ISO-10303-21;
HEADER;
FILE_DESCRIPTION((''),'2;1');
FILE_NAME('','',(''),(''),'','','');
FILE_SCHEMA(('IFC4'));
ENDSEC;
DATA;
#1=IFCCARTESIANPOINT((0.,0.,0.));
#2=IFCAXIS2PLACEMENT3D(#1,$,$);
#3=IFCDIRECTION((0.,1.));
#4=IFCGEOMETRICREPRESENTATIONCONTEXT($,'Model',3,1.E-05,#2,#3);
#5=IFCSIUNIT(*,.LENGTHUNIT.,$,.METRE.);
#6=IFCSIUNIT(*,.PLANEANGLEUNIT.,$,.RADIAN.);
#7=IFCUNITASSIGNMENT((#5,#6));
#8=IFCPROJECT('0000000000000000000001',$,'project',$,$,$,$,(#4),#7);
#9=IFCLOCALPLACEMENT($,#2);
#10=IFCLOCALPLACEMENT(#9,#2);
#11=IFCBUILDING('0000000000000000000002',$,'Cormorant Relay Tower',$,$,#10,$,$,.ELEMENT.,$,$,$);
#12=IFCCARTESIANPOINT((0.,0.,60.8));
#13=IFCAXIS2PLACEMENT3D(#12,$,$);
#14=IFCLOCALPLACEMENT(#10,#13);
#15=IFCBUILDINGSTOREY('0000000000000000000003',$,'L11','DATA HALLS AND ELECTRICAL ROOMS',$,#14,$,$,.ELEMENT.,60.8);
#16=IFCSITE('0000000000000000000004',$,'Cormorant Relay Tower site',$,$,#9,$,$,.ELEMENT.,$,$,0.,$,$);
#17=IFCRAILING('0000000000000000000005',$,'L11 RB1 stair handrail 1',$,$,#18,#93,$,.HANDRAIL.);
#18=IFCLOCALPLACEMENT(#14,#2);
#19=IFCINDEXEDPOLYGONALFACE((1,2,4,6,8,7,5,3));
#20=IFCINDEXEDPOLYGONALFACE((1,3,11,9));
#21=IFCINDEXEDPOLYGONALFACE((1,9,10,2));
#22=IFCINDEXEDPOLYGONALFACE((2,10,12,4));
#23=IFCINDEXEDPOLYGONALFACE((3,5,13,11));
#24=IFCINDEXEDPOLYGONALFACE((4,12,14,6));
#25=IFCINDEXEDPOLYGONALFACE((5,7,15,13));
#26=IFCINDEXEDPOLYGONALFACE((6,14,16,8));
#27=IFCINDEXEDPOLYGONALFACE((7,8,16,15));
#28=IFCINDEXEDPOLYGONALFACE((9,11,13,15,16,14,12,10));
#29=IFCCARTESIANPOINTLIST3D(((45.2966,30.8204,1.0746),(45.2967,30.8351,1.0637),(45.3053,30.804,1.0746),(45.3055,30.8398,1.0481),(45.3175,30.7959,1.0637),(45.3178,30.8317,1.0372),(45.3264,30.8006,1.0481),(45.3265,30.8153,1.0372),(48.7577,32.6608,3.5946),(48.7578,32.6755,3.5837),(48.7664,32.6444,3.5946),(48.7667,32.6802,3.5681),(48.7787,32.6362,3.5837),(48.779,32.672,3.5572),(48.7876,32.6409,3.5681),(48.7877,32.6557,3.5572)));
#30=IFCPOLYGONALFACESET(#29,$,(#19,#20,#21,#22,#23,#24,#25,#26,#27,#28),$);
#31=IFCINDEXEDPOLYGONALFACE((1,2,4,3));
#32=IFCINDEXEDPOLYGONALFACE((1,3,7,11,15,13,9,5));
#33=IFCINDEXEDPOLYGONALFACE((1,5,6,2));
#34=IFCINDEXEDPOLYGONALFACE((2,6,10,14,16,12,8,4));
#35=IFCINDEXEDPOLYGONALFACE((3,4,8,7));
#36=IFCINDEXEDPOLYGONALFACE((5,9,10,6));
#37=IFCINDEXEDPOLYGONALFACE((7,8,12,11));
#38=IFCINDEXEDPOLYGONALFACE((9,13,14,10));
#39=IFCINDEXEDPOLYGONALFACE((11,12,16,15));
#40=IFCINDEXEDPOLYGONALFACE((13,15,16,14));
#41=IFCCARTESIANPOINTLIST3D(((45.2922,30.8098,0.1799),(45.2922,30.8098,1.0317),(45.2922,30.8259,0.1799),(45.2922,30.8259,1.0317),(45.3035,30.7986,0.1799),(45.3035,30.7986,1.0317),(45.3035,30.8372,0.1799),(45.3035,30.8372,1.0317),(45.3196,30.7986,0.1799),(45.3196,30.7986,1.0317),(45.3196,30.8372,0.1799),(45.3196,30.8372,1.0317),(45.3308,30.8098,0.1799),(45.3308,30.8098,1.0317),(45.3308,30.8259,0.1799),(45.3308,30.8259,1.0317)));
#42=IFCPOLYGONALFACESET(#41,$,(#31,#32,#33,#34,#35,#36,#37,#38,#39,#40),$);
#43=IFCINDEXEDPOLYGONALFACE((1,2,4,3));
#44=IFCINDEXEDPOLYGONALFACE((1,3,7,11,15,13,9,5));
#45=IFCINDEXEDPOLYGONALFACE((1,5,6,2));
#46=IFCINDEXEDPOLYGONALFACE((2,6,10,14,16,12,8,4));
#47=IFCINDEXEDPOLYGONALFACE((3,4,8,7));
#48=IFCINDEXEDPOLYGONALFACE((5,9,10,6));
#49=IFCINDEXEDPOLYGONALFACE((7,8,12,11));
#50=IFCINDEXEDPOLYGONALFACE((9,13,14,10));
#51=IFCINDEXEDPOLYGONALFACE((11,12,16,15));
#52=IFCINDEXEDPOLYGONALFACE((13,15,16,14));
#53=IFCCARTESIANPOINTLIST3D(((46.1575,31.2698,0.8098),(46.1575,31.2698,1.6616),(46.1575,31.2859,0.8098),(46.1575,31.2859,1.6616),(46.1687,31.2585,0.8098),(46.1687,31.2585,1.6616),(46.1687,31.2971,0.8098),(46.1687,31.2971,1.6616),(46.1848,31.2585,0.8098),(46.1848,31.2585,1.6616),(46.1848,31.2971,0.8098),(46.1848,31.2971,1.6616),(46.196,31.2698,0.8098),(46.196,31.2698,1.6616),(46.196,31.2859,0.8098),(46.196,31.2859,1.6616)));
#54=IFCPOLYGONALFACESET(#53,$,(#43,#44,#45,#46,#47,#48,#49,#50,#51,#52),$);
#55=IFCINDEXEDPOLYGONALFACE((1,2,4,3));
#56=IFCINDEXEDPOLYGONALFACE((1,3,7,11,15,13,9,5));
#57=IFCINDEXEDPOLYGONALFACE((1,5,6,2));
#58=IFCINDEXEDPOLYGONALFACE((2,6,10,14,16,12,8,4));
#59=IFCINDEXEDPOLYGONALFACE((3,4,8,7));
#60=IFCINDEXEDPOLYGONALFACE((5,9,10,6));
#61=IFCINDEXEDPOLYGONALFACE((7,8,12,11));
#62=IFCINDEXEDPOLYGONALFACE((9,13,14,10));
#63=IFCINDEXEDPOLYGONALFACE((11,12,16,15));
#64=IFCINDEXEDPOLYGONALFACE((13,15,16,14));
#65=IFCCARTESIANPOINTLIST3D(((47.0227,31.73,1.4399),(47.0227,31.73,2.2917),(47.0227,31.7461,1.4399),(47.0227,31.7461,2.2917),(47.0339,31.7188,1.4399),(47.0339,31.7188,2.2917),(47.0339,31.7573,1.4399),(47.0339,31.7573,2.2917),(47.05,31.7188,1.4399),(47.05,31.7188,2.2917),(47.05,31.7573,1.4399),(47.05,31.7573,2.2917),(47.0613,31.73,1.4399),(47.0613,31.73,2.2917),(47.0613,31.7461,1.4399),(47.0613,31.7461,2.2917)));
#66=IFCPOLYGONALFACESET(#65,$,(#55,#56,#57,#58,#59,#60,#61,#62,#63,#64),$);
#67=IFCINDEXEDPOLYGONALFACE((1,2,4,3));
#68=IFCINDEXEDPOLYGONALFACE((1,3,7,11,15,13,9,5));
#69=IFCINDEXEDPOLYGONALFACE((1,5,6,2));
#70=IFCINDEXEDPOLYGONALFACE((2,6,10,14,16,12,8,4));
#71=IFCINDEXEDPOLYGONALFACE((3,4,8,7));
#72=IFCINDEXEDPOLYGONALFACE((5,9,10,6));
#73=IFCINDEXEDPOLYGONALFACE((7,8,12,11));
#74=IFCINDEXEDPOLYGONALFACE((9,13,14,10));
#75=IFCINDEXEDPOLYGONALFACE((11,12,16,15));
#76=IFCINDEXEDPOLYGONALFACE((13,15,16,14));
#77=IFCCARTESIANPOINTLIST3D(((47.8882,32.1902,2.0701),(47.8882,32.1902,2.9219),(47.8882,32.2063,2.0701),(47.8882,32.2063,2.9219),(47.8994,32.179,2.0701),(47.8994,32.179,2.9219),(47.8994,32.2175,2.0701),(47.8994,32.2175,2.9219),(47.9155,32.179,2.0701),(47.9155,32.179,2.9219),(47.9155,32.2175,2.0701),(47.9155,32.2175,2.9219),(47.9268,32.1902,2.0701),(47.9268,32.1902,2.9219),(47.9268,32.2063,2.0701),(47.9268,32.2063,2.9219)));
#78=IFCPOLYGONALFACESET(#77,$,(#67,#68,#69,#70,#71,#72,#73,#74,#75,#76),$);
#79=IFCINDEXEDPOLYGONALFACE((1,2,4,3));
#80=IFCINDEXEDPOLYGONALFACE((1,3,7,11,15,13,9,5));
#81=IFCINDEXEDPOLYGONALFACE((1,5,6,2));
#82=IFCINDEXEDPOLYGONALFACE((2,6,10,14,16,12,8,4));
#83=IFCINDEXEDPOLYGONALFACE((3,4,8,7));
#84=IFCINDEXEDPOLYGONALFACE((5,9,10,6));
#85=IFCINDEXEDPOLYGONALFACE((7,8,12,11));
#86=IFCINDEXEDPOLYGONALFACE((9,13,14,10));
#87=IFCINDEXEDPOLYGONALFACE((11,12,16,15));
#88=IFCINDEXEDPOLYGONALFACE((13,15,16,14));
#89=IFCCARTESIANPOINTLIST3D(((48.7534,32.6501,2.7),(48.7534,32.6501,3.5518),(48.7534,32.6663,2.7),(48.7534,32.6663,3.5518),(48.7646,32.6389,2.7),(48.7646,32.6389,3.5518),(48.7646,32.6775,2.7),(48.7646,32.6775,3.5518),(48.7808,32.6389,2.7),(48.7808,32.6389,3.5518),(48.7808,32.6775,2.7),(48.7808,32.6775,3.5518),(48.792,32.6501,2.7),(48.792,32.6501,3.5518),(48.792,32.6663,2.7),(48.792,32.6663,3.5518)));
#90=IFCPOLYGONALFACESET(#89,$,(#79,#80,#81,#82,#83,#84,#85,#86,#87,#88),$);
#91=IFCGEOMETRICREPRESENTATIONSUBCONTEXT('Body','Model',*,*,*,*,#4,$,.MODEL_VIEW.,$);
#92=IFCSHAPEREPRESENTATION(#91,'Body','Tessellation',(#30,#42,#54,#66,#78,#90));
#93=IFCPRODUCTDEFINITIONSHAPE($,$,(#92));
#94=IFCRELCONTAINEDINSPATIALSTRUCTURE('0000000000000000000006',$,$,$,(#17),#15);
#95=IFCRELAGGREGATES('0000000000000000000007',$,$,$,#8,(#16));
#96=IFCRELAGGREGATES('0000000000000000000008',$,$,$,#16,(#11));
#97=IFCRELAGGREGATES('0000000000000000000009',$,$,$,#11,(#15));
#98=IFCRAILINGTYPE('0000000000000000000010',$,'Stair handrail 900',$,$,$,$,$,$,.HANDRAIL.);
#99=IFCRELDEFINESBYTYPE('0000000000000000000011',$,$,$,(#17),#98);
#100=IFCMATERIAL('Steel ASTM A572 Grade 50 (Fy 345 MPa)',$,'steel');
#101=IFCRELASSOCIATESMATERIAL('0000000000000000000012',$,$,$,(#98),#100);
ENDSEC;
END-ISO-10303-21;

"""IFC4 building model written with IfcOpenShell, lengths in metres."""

from ifc_helpers import new_model, si_unit, direction, frame, origin, place, context, subcontext, project, spatial, polyline, outline, extrude, material, type_object, element, save


model = new_model("IFC4")

# Units and contexts
model_context = context("Model", 3, precision=1e-05, world=origin(), true_north=direction((0.0, 1.0)))
body_context = subcontext(model_context, "Body", "Model", "MODEL_VIEW")
ifc_project = project(units=[si_unit("LENGTHUNIT", "METRE"), si_unit("PLANEANGLEUNIT", "RADIAN")], contexts=[model_context])

# Site, building, storey
site_placement = place(None, origin())
site = spatial("IfcSite", under=ifc_project, at=site_placement, Name="Cormorant Relay Tower site", CompositionType="ELEMENT", RefElevation=0.0)
building_placement = place(site_placement, origin())
building = spatial("IfcBuilding", under=site, at=building_placement, Name="Cormorant Relay Tower", CompositionType="ELEMENT")
storey_placement = place(building_placement, frame((0.0, 0.0, 60.8)))
storey = spatial("IfcBuildingStorey", under=building, at=storey_placement, Name="L11", Description="DATA HALLS AND ELECTRICAL ROOMS", CompositionType="ELEMENT", Elevation=60.8)

# Railing
ifc_material_1 = material(Name="Steel ASTM A572 Grade 50 (Fy 345 MPa)", Category="steel")
railing_type_1 = type_object("IfcRailingType", Name="Stair handrail 900", PredefinedType="HANDRAIL", material=ifc_material_1)
railing_1_placement = place(storey_placement, frame((45.3115, 30.8179, 0.1799)))
element("IfcRailing", 1, at=railing_1_placement, inside=storey, type_object=railing_type_1, Name="L11 RB1 stair handrail 1", PredefinedType="HANDRAIL", context=body_context, shape_type="SweptSolid", body=[
    extrude(outline(polyline([(0.0222, 0.0093), (0.0093, 0.0222), (-0.0093, 0.0222), (-0.0222, 0.0093), (-0.0222, -0.0093), (-0.0093, -0.0222), (0.0093, -0.0222), (0.0222, -0.0093), (0.0222, 0.0093)])), frame((0.0, 0.0, 0.876), z_axis=(0.742717, 0.394907, 0.540758), x_axis=(-0.469469, 0.882949, 0.0)), (0.0, 0.0, 1.0), 4.6602),
    extrude(outline(polyline([(0.0193, 0.0081), (0.0081, 0.0193), (-0.0081, 0.0193), (-0.0193, 0.0081), (-0.0193, -0.0081), (-0.0081, -0.0193), (0.0081, -0.0193), (0.0193, -0.0081), (0.0193, 0.0081)])), origin(), (0.0, 0.0, 1.0), 0.8518),
    extrude(outline(polyline([(0.0193, 0.0081), (0.0081, 0.0193), (-0.0081, 0.0193), (-0.0193, 0.0081), (-0.0193, -0.0081), (-0.0081, -0.0193), (0.0081, -0.0193), (0.0193, -0.0081), (0.0193, 0.0081)])), frame((0.8652, 0.46, 0.6299)), (0.0, 0.0, 1.0), 0.8518),
    extrude(outline(polyline([(0.0193, 0.0081), (0.0081, 0.0193), (-0.0081, 0.0193), (-0.0193, 0.0081), (-0.0193, -0.0081), (-0.0081, -0.0193), (0.0081, -0.0193), (0.0193, -0.0081), (0.0193, 0.0081)])), frame((1.7305, 0.9202, 1.26)), (0.0, 0.0, 1.0), 0.8518),
    extrude(outline(polyline([(0.0193, 0.0081), (0.0081, 0.0193), (-0.0081, 0.0193), (-0.0193, 0.0081), (-0.0193, -0.0081), (-0.0081, -0.0193), (0.0081, -0.0193), (0.0193, -0.0081), (0.0193, 0.0081)])), frame((2.5959, 1.3804, 1.8901)), (0.0, 0.0, 1.0), 0.8518),
    extrude(outline(polyline([(0.0193, 0.0081), (0.0081, 0.0193), (-0.0081, 0.0193), (-0.0193, 0.0081), (-0.0193, -0.0081), (-0.0081, -0.0193), (0.0081, -0.0193), (0.0193, -0.0081), (0.0193, 0.0081)])), frame((3.4612, 1.8403, 2.52)), (0.0, 0.0, 1.0), 0.8518),
])

save(model, "model.ifc")
